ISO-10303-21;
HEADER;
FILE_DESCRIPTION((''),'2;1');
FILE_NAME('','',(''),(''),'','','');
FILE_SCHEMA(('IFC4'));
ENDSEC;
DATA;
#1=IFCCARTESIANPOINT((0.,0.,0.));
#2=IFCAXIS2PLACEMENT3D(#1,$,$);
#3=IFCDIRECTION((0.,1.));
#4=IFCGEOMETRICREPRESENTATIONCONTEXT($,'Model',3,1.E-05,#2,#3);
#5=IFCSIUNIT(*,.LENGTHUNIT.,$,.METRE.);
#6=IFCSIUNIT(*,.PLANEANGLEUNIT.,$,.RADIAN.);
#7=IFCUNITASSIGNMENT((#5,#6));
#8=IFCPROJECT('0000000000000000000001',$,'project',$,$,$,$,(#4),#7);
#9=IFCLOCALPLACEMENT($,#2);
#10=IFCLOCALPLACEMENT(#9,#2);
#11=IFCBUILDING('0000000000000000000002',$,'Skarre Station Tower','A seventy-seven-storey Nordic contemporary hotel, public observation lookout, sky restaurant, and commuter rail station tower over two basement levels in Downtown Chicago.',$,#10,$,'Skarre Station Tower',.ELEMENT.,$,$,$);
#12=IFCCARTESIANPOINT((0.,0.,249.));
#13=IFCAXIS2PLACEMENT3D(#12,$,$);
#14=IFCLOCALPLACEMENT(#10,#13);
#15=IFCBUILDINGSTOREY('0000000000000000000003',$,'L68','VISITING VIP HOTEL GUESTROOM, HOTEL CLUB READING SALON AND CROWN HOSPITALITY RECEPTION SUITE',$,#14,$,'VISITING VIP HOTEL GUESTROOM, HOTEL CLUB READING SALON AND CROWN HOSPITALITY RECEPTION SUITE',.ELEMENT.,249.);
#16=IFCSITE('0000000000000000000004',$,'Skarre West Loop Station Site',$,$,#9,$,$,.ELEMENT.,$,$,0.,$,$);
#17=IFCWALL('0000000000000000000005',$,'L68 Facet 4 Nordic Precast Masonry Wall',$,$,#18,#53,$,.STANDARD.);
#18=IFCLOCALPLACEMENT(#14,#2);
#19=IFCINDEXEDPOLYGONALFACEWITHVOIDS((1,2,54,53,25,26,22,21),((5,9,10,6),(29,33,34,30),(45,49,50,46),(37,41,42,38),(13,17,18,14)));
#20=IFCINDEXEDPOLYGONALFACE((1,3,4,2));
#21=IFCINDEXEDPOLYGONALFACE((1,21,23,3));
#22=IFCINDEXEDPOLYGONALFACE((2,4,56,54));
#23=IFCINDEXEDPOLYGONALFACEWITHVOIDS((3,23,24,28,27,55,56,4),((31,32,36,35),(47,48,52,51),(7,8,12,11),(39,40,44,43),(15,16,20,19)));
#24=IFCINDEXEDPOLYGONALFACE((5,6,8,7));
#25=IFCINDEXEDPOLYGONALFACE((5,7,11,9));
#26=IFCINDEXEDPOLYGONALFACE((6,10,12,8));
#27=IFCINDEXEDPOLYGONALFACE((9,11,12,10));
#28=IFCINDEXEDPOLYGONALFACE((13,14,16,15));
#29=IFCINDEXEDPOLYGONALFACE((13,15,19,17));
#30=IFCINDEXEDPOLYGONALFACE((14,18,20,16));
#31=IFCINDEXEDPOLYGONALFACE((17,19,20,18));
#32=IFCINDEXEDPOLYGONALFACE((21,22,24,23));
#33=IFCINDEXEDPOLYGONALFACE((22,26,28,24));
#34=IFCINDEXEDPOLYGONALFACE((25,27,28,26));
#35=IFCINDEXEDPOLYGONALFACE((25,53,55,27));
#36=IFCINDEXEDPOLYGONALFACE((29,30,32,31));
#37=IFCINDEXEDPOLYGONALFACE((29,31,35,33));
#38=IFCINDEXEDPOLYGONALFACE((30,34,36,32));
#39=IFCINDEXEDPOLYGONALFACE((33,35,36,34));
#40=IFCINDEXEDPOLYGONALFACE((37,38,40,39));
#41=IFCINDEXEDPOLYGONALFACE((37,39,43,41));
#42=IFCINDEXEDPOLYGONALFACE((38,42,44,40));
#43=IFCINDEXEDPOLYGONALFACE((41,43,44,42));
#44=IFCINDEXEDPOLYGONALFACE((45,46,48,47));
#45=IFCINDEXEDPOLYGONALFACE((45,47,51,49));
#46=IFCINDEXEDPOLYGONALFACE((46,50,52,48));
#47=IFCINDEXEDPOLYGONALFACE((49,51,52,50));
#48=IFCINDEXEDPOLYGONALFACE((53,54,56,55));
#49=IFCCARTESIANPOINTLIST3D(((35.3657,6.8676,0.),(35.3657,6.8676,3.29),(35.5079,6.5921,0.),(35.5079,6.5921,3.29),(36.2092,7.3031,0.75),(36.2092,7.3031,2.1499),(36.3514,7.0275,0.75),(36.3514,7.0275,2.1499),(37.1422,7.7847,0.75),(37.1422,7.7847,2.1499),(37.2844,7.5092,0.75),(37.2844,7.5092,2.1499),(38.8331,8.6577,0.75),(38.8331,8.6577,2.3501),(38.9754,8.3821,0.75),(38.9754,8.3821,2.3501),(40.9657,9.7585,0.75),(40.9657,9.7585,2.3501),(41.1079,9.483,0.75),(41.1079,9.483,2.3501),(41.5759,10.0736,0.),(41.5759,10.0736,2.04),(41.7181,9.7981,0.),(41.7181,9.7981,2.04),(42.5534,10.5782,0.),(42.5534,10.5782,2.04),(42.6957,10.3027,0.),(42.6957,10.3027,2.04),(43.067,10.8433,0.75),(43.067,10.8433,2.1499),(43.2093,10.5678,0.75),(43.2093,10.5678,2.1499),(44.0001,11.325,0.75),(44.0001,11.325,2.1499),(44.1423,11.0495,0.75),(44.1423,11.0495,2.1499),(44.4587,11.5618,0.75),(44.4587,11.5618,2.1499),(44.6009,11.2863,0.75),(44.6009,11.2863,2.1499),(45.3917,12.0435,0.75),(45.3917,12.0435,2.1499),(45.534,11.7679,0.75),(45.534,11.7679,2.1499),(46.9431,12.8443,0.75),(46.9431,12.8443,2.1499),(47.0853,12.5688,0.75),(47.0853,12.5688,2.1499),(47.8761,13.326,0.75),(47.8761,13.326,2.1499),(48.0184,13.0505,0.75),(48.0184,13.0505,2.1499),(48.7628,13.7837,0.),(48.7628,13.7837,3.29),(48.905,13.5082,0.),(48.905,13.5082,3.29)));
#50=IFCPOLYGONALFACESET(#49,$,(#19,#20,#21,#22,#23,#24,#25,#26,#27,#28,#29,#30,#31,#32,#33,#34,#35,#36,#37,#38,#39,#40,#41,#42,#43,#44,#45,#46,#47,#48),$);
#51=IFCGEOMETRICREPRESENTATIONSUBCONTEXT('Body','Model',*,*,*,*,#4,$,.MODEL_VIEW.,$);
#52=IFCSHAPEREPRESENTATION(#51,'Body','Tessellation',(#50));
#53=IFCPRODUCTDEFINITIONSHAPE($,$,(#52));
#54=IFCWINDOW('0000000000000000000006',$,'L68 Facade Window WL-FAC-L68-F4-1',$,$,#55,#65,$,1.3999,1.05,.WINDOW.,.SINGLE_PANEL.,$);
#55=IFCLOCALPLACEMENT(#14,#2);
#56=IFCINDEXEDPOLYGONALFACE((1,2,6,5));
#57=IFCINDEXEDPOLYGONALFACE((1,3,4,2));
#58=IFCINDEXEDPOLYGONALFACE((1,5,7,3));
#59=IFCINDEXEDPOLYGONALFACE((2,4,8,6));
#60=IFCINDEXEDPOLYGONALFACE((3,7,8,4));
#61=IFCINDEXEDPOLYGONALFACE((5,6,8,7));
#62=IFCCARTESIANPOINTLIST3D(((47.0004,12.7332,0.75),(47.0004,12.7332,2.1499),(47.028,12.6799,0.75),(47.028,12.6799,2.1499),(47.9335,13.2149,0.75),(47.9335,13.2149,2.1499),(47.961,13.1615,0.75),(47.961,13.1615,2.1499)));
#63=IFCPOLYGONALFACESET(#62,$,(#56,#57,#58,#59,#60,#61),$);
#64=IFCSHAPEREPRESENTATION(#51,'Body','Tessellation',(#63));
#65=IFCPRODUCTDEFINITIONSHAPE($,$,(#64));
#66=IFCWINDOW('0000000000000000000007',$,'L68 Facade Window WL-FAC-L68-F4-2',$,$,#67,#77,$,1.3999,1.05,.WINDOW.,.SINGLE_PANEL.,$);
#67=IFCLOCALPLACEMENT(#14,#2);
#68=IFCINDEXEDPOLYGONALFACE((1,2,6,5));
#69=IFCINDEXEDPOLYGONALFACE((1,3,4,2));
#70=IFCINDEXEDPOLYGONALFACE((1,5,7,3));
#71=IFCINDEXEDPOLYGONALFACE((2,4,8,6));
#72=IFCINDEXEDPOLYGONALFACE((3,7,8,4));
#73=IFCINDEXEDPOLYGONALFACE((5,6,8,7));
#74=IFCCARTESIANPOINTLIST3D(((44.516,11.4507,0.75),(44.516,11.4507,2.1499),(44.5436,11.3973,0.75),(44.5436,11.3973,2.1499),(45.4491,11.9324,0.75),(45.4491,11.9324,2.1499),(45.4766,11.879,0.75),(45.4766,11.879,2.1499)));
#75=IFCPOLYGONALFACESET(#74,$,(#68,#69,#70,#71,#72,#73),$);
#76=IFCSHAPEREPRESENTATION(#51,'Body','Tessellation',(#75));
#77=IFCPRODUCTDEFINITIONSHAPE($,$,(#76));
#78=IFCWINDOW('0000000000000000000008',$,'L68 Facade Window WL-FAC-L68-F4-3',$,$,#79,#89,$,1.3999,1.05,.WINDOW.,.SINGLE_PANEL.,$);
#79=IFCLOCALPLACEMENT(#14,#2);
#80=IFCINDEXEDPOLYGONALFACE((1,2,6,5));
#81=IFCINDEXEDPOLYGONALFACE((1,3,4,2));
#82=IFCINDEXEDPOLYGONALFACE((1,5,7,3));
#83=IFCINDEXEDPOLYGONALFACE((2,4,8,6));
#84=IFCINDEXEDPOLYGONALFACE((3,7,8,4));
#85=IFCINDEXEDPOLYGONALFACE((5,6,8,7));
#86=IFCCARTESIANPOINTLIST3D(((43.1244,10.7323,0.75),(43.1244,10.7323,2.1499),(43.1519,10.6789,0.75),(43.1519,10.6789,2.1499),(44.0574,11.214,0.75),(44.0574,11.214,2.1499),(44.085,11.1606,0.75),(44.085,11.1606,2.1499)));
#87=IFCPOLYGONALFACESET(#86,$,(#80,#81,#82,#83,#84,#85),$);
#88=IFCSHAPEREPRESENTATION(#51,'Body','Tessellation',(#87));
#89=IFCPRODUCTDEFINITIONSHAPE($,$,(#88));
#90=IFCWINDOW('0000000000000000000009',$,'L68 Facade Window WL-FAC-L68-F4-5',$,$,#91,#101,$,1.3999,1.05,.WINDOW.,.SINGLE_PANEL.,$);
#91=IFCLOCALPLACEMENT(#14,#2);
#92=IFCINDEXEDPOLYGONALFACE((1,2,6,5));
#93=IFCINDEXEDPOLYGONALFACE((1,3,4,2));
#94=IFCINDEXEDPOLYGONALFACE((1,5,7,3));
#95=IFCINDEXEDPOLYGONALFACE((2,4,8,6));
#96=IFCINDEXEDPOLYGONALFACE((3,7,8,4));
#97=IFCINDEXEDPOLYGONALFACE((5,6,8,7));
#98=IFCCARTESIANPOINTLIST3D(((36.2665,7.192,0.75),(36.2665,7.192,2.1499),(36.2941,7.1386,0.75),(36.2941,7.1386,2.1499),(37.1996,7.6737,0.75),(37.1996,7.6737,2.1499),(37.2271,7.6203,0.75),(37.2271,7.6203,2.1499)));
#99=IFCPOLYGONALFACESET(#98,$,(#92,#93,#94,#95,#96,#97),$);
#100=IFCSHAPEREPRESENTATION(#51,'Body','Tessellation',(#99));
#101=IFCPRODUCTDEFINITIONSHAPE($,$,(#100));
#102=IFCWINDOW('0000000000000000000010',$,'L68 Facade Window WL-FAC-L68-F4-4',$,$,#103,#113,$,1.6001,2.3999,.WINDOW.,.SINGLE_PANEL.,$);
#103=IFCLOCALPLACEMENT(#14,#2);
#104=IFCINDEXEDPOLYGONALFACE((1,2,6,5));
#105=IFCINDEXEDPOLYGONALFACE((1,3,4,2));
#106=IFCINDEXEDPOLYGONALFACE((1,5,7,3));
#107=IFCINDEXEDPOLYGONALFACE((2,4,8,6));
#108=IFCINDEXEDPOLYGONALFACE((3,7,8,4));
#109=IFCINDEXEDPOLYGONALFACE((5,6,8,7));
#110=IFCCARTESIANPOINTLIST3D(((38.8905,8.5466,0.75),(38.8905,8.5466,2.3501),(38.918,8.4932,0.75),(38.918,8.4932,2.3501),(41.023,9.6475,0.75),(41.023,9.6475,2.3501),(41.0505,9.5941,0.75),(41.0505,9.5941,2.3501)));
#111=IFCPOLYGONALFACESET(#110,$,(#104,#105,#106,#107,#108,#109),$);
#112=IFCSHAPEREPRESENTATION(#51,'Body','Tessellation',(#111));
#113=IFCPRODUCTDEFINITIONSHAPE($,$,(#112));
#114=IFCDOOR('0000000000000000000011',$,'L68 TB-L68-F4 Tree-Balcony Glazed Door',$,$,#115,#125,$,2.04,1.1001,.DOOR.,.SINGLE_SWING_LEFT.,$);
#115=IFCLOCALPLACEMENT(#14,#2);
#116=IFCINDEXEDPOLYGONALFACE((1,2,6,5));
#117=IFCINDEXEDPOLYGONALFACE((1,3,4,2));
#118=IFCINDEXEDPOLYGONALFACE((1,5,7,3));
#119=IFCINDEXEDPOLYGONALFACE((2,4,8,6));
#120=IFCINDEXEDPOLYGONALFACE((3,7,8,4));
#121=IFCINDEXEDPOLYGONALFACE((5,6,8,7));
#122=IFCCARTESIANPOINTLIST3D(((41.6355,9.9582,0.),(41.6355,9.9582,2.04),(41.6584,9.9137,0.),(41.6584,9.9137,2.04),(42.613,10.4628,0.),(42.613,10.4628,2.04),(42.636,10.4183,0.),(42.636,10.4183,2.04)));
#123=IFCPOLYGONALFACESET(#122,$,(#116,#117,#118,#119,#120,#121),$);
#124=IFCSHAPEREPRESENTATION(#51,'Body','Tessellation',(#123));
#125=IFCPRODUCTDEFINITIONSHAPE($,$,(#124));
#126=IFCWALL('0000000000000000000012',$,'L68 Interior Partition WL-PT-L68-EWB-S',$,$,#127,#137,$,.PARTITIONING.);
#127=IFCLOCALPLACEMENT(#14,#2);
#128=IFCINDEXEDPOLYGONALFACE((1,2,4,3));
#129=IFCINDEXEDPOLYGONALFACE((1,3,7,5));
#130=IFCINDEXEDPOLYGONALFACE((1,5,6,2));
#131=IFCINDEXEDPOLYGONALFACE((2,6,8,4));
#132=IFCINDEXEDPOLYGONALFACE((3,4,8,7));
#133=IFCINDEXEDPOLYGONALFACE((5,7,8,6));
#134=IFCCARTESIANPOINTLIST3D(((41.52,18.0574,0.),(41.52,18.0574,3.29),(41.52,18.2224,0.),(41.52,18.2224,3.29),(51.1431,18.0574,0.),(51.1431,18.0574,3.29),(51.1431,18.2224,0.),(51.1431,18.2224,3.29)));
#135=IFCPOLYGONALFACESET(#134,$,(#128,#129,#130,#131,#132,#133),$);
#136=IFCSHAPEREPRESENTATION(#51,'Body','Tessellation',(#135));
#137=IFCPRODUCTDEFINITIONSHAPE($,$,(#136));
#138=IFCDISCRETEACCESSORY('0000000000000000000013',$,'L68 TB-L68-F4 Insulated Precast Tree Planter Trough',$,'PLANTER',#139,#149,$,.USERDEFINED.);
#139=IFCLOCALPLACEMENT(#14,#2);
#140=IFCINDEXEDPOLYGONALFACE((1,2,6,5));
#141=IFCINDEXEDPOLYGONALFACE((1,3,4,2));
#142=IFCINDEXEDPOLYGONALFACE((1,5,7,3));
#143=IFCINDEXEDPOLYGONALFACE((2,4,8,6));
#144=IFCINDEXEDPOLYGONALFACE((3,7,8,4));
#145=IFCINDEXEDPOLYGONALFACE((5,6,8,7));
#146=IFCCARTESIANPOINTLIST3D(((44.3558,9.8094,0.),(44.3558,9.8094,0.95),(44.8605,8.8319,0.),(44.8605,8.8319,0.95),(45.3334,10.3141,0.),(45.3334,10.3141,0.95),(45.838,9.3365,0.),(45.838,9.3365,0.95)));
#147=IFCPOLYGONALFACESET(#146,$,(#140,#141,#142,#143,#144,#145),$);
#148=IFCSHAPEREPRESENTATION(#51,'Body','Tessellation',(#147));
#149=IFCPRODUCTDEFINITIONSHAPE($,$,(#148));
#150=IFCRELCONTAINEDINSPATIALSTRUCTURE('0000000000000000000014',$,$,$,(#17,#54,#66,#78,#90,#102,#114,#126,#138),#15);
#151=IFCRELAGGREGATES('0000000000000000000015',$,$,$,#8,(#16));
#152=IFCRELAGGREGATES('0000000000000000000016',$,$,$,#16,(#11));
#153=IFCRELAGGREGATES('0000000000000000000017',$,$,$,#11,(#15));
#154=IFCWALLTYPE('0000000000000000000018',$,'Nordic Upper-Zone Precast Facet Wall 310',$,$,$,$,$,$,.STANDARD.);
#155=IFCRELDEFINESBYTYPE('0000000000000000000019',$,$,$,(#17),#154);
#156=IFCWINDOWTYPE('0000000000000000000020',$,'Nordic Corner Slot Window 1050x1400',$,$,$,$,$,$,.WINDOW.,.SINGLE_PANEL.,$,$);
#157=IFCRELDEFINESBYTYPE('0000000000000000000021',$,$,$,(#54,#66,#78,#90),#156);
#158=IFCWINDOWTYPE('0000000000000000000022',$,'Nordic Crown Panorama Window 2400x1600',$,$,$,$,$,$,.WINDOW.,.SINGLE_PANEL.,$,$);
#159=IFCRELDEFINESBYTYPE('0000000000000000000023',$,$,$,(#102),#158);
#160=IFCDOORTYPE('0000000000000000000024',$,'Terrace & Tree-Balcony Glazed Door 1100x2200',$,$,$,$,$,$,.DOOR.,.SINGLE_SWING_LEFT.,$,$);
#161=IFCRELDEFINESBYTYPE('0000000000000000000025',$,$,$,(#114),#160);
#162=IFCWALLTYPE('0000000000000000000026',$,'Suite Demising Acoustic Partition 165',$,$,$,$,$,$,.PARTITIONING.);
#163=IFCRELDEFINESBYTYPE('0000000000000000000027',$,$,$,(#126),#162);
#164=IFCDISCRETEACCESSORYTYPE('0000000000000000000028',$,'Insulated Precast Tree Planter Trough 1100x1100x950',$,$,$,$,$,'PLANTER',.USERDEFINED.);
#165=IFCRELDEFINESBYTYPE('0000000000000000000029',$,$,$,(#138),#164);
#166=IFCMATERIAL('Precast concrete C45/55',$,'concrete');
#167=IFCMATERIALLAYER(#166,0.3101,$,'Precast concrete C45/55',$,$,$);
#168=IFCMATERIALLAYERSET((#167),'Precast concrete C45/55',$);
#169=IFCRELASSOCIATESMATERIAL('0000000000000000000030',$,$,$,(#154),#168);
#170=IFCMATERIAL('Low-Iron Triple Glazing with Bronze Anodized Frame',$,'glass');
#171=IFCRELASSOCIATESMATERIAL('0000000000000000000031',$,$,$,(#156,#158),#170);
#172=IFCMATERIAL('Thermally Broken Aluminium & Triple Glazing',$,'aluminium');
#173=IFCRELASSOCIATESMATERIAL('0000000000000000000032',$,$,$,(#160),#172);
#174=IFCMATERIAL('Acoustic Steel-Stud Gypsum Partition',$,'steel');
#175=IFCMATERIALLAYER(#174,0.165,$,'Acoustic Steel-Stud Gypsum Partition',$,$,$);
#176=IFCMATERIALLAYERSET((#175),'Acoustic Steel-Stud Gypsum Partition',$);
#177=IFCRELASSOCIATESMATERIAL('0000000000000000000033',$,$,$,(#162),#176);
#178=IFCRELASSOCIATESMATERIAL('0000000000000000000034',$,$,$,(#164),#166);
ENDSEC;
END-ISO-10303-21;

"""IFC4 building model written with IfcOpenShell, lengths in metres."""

from ifc_helpers import new_model, si_unit, direction, frame, frame_2d, origin, origin_2d, place, context, subcontext, project, spatial, rectangle, extrude, material, layer, layer_set, type_object, element, fill, save


model = new_model("IFC4")

# Units and contexts
model_context = context("Model", 3, precision=1e-05, world=origin(), true_north=direction((0.0, 1.0)))
body_context = subcontext(model_context, "Body", "Model", "MODEL_VIEW")
ifc_project = project(units=[si_unit("LENGTHUNIT", "METRE"), si_unit("PLANEANGLEUNIT", "RADIAN")], contexts=[model_context])

# Site, building, storey
site_placement = place(None, origin())
site = spatial("IfcSite", under=ifc_project, at=site_placement, Name="Skarre West Loop Station Site", CompositionType="ELEMENT", RefElevation=0.0)
building_placement = place(site_placement, origin())
building = spatial("IfcBuilding", under=site, at=building_placement, Name="Skarre Station Tower", Description="A seventy-seven-storey Nordic contemporary hotel, public observation lookout, sky restaurant, and commuter rail station tower over two basement levels in Downtown Chicago.", LongName="Skarre Station Tower", CompositionType="ELEMENT")
storey_placement = place(building_placement, frame((0.0, 0.0, 249.0)))
storey = spatial("IfcBuildingStorey", under=building, at=storey_placement, Name="L68", Description="VISITING VIP HOTEL GUESTROOM, HOTEL CLUB READING SALON AND CROWN HOSPITALITY RECEPTION SUITE", LongName="VISITING VIP HOTEL GUESTROOM, HOTEL CLUB READING SALON AND CROWN HOSPITALITY RECEPTION SUITE", CompositionType="ELEMENT", Elevation=249.0)

# Shared definitions
ifc_material_1 = material(Name="Acoustic Steel-Stud Gypsum Partition", Category="steel")

# Shared definitions
ifc_material_2 = material(Name="Precast concrete C45/55", Category="concrete")

# Wall, openings, windows, door
ifc_layer_1 = layer(ifc_material_2, 0.3101, Name="Precast concrete C45/55")
ifc_layer_set_1 = layer_set([ifc_layer_1], Name="Precast concrete C45/55")
wall_type_1 = type_object("IfcWallType", Name="Nordic Upper-Zone Precast Facet Wall 310", PredefinedType="STANDARD", material=ifc_layer_set_1)
wall_1_placement = place(storey_placement, frame((48.834, 13.646, 0.0), z_axis=(0.0, 0.0, 1.0), x_axis=(-0.888581, -0.458719, 0.0)))
wall_1 = element("IfcWall", 1, at=wall_1_placement, inside=storey, type_object=wall_type_1, Name="L68 Facet 4 Nordic Precast Masonry Wall", PredefinedType="STANDARD", context=body_context, shape_type="SweptSolid", body=[
    extrude(rectangle(XDim=15.0769, YDim=0.3101, at=frame_2d((7.5386, 0.0))), origin(), (0.0, 0.0, 1.0), 3.29),
])
opening_1_placement = place(wall_1_placement, frame((6.988, 0.0, 0.0)))
opening_1 = element("IfcOpeningElement", 2, at=opening_1_placement, cuts=wall_1, PredefinedType="OPENING", context=body_context, shape_type="SweptSolid", body=[
    extrude(rectangle(XDim=1.1001, YDim=2.04, at=frame_2d((0.55, 1.02))), frame((0.0, 0.165, 0.0), z_axis=(0.0, -1.0, 0.0), x_axis=(1.0, 0.0, 0.0)), (0.0, 0.0, 1.0), 0.3301),
])
opening_2_placement = place(wall_1_placement, frame((0.998, 0.0, 0.75)))
opening_2 = element("IfcOpeningElement", 3, at=opening_2_placement, cuts=wall_1, PredefinedType="OPENING", context=body_context, shape_type="SweptSolid", body=[
    extrude(rectangle(XDim=1.05, YDim=1.3999, at=frame_2d((0.5249, 0.7))), frame((0.0, 0.165, 0.0), z_axis=(0.0, -1.0, 0.0), x_axis=(1.0, 0.0, 0.0)), (0.0, 0.0, 1.0), 0.3301),
])
opening_3_placement = place(wall_1_placement, frame((3.7939, 0.0, 0.75)))
opening_3 = element("IfcOpeningElement", 4, at=opening_3_placement, cuts=wall_1, PredefinedType="OPENING", context=body_context, shape_type="SweptSolid", body=[
    extrude(rectangle(XDim=1.05, YDim=1.3999, at=frame_2d((0.5249, 0.7))), frame((0.0, 0.165, 0.0), z_axis=(0.0, -1.0, 0.0), x_axis=(1.0, 0.0, 0.0)), (0.0, 0.0, 1.0), 0.3301),
])
opening_4_placement = place(wall_1_placement, frame((5.3601, 0.0, 0.75)))
opening_4 = element("IfcOpeningElement", 5, at=opening_4_placement, cuts=wall_1, PredefinedType="OPENING", context=body_context, shape_type="SweptSolid", body=[
    extrude(rectangle(XDim=1.05, YDim=1.3999, at=frame_2d((0.5249, 0.7))), frame((0.0, 0.165, 0.0), z_axis=(0.0, -1.0, 0.0), x_axis=(1.0, 0.0, 0.0)), (0.0, 0.0, 1.0), 0.3301),
])
opening_5_placement = place(wall_1_placement, frame((8.7749, 0.0, 0.75)))
opening_5 = element("IfcOpeningElement", 6, at=opening_5_placement, cuts=wall_1, PredefinedType="OPENING", context=body_context, shape_type="SweptSolid", body=[
    extrude(rectangle(XDim=2.3999, YDim=1.6001, at=frame_2d((1.2, 0.8))), frame((0.0, 0.165, 0.0), z_axis=(0.0, -1.0, 0.0), x_axis=(1.0, 0.0, 0.0)), (0.0, 0.0, 1.0), 0.3301),
])
opening_6_placement = place(wall_1_placement, frame((13.0779, 0.0, 0.75)))
opening_6 = element("IfcOpeningElement", 7, at=opening_6_placement, cuts=wall_1, PredefinedType="OPENING", context=body_context, shape_type="SweptSolid", body=[
    extrude(rectangle(XDim=1.05, YDim=1.3999, at=frame_2d((0.5249, 0.7))), frame((0.0, 0.165, 0.0), z_axis=(0.0, -1.0, 0.0), x_axis=(1.0, 0.0, 0.0)), (0.0, 0.0, 1.0), 0.3301),
])
ifc_material_3 = material(Name="Low-Iron Triple Glazing with Bronze Anodized Frame", Category="glass")
window_type_1 = type_object("IfcWindowType", Name="Nordic Corner Slot Window 1050x1400", PartitioningType="SINGLE_PANEL", PredefinedType="WINDOW", material=ifc_material_3)
window_1_placement = place(opening_2_placement, origin())
window_1 = element("IfcWindow", 8, at=window_1_placement, inside=storey, type_object=window_type_1, Name="L68 Facade Window WL-FAC-L68-F4-1", OverallHeight=1.3999, OverallWidth=1.05, PartitioningType="SINGLE_PANEL", PredefinedType="WINDOW", context=body_context, shape_type="SweptSolid", body=[
    extrude(rectangle(XDim=1.05, YDim=1.3999, at=frame_2d((0.5249, 0.7))), frame((0.0, 0.03, 0.0), z_axis=(0.0, -1.0, 0.0), x_axis=(1.0, 0.0, 0.0)), (0.0, 0.0, 1.0), 0.0601),
])
fill(opening_2, window_1)
window_2_placement = place(opening_3_placement, origin())
window_2 = element("IfcWindow", 9, at=window_2_placement, inside=storey, type_object=window_type_1, Name="L68 Facade Window WL-FAC-L68-F4-2", OverallHeight=1.3999, OverallWidth=1.05, PartitioningType="SINGLE_PANEL", PredefinedType="WINDOW", context=body_context, shape_type="SweptSolid", body=[
    extrude(rectangle(XDim=1.05, YDim=1.3999, at=frame_2d((0.5249, 0.7))), frame((0.0, 0.03, 0.0), z_axis=(0.0, -1.0, 0.0), x_axis=(1.0, 0.0, 0.0)), (0.0, 0.0, 1.0), 0.0601),
])
fill(opening_3, window_2)
window_3_placement = place(opening_4_placement, origin())
window_3 = element("IfcWindow", 10, at=window_3_placement, inside=storey, type_object=window_type_1, Name="L68 Facade Window WL-FAC-L68-F4-3", OverallHeight=1.3999, OverallWidth=1.05, PartitioningType="SINGLE_PANEL", PredefinedType="WINDOW", context=body_context, shape_type="SweptSolid", body=[
    extrude(rectangle(XDim=1.05, YDim=1.3999, at=frame_2d((0.5249, 0.7))), frame((0.0, 0.03, 0.0), z_axis=(0.0, -1.0, 0.0), x_axis=(1.0, 0.0, 0.0)), (0.0, 0.0, 1.0), 0.0601),
])
fill(opening_4, window_3)
window_4_placement = place(opening_6_placement, origin())
window_4 = element("IfcWindow", 11, at=window_4_placement, inside=storey, type_object=window_type_1, Name="L68 Facade Window WL-FAC-L68-F4-5", OverallHeight=1.3999, OverallWidth=1.05, PartitioningType="SINGLE_PANEL", PredefinedType="WINDOW", context=body_context, shape_type="SweptSolid", body=[
    extrude(rectangle(XDim=1.05, YDim=1.3999, at=frame_2d((0.5249, 0.7))), frame((0.0, 0.03, 0.0), z_axis=(0.0, -1.0, 0.0), x_axis=(1.0, 0.0, 0.0)), (0.0, 0.0, 1.0), 0.0601),
])
fill(opening_6, window_4)
window_type_2 = type_object("IfcWindowType", Name="Nordic Crown Panorama Window 2400x1600", PartitioningType="SINGLE_PANEL", PredefinedType="WINDOW", material=ifc_material_3)
window_5_placement = place(opening_5_placement, origin())
window_5 = element("IfcWindow", 12, at=window_5_placement, inside=storey, type_object=window_type_2, Name="L68 Facade Window WL-FAC-L68-F4-4", OverallHeight=1.6001, OverallWidth=2.3999, PartitioningType="SINGLE_PANEL", PredefinedType="WINDOW", context=body_context, shape_type="SweptSolid", body=[
    extrude(rectangle(XDim=2.3999, YDim=1.6001, at=frame_2d((1.2, 0.8))), frame((0.0, 0.03, 0.0), z_axis=(0.0, -1.0, 0.0), x_axis=(1.0, 0.0, 0.0)), (0.0, 0.0, 1.0), 0.0601),
])
fill(opening_5, window_5)
ifc_material_4 = material(Name="Thermally Broken Aluminium & Triple Glazing", Category="aluminium")
door_type_1 = type_object("IfcDoorType", Name="Terrace & Tree-Balcony Glazed Door 1100x2200", OperationType="SINGLE_SWING_LEFT", PredefinedType="DOOR", material=ifc_material_4)
door_1_placement = place(opening_1_placement, origin())
door_1 = element("IfcDoor", 13, at=door_1_placement, inside=storey, type_object=door_type_1, Name="L68 TB-L68-F4 Tree-Balcony Glazed Door", OperationType="SINGLE_SWING_LEFT", OverallHeight=2.04, OverallWidth=1.1001, PredefinedType="DOOR", context=body_context, shape_type="SweptSolid", body=[
    extrude(rectangle(XDim=1.1001, YDim=2.04, at=frame_2d((0.55, 1.02))), frame((0.0, 0.0249, 0.0), z_axis=(0.0, -1.0, 0.0), x_axis=(1.0, 0.0, 0.0)), (0.0, 0.0, 1.0), 0.05),
])
fill(opening_1, door_1)

# Wall
ifc_layer_2 = layer(ifc_material_1, 0.165, Name="Acoustic Steel-Stud Gypsum Partition")
ifc_layer_set_2 = layer_set([ifc_layer_2], Name="Acoustic Steel-Stud Gypsum Partition")
wall_type_2 = type_object("IfcWallType", Name="Suite Demising Acoustic Partition 165", PredefinedType="PARTITIONING", material=ifc_layer_set_2)
wall_2_placement = place(storey_placement, frame((41.52, 18.1399, 0.0), z_axis=(0.0, 0.0, 1.0), x_axis=(1.0, 0.0, 0.0)))
element("IfcWall", 14, at=wall_2_placement, inside=storey, type_object=wall_type_2, Name="L68 Interior Partition WL-PT-L68-EWB-S", PredefinedType="PARTITIONING", context=body_context, shape_type="SweptSolid", body=[
    extrude(rectangle(XDim=9.623, YDim=0.165, at=frame_2d((4.8115, 0.0))), origin(), (0.0, 0.0, 1.0), 3.29),
])

# Discrete accessory
discrete_accessory_type = type_object("IfcDiscreteAccessoryType", Name="Insulated Precast Tree Planter Trough 1100x1100x950", ElementType="PLANTER", PredefinedType="USERDEFINED", material=ifc_material_2)
discrete_accessory_placement = place(storey_placement, frame((45.0969, 9.573, 0.0), z_axis=(0.0, 0.0, 1.0), x_axis=(0.458712, -0.888585, 0.0)))
element("IfcDiscreteAccessory", 15, at=discrete_accessory_placement, inside=storey, type_object=discrete_accessory_type, Name="L68 TB-L68-F4 Insulated Precast Tree Planter Trough", ObjectType="PLANTER", PredefinedType="USERDEFINED", context=body_context, shape_type="SweptSolid", body=[
    extrude(rectangle(XDim=1.1001, YDim=1.1001, at=origin_2d()), origin(), (0.0, 0.0, 1.0), 0.95),
])

save(model, "model.ifc")
